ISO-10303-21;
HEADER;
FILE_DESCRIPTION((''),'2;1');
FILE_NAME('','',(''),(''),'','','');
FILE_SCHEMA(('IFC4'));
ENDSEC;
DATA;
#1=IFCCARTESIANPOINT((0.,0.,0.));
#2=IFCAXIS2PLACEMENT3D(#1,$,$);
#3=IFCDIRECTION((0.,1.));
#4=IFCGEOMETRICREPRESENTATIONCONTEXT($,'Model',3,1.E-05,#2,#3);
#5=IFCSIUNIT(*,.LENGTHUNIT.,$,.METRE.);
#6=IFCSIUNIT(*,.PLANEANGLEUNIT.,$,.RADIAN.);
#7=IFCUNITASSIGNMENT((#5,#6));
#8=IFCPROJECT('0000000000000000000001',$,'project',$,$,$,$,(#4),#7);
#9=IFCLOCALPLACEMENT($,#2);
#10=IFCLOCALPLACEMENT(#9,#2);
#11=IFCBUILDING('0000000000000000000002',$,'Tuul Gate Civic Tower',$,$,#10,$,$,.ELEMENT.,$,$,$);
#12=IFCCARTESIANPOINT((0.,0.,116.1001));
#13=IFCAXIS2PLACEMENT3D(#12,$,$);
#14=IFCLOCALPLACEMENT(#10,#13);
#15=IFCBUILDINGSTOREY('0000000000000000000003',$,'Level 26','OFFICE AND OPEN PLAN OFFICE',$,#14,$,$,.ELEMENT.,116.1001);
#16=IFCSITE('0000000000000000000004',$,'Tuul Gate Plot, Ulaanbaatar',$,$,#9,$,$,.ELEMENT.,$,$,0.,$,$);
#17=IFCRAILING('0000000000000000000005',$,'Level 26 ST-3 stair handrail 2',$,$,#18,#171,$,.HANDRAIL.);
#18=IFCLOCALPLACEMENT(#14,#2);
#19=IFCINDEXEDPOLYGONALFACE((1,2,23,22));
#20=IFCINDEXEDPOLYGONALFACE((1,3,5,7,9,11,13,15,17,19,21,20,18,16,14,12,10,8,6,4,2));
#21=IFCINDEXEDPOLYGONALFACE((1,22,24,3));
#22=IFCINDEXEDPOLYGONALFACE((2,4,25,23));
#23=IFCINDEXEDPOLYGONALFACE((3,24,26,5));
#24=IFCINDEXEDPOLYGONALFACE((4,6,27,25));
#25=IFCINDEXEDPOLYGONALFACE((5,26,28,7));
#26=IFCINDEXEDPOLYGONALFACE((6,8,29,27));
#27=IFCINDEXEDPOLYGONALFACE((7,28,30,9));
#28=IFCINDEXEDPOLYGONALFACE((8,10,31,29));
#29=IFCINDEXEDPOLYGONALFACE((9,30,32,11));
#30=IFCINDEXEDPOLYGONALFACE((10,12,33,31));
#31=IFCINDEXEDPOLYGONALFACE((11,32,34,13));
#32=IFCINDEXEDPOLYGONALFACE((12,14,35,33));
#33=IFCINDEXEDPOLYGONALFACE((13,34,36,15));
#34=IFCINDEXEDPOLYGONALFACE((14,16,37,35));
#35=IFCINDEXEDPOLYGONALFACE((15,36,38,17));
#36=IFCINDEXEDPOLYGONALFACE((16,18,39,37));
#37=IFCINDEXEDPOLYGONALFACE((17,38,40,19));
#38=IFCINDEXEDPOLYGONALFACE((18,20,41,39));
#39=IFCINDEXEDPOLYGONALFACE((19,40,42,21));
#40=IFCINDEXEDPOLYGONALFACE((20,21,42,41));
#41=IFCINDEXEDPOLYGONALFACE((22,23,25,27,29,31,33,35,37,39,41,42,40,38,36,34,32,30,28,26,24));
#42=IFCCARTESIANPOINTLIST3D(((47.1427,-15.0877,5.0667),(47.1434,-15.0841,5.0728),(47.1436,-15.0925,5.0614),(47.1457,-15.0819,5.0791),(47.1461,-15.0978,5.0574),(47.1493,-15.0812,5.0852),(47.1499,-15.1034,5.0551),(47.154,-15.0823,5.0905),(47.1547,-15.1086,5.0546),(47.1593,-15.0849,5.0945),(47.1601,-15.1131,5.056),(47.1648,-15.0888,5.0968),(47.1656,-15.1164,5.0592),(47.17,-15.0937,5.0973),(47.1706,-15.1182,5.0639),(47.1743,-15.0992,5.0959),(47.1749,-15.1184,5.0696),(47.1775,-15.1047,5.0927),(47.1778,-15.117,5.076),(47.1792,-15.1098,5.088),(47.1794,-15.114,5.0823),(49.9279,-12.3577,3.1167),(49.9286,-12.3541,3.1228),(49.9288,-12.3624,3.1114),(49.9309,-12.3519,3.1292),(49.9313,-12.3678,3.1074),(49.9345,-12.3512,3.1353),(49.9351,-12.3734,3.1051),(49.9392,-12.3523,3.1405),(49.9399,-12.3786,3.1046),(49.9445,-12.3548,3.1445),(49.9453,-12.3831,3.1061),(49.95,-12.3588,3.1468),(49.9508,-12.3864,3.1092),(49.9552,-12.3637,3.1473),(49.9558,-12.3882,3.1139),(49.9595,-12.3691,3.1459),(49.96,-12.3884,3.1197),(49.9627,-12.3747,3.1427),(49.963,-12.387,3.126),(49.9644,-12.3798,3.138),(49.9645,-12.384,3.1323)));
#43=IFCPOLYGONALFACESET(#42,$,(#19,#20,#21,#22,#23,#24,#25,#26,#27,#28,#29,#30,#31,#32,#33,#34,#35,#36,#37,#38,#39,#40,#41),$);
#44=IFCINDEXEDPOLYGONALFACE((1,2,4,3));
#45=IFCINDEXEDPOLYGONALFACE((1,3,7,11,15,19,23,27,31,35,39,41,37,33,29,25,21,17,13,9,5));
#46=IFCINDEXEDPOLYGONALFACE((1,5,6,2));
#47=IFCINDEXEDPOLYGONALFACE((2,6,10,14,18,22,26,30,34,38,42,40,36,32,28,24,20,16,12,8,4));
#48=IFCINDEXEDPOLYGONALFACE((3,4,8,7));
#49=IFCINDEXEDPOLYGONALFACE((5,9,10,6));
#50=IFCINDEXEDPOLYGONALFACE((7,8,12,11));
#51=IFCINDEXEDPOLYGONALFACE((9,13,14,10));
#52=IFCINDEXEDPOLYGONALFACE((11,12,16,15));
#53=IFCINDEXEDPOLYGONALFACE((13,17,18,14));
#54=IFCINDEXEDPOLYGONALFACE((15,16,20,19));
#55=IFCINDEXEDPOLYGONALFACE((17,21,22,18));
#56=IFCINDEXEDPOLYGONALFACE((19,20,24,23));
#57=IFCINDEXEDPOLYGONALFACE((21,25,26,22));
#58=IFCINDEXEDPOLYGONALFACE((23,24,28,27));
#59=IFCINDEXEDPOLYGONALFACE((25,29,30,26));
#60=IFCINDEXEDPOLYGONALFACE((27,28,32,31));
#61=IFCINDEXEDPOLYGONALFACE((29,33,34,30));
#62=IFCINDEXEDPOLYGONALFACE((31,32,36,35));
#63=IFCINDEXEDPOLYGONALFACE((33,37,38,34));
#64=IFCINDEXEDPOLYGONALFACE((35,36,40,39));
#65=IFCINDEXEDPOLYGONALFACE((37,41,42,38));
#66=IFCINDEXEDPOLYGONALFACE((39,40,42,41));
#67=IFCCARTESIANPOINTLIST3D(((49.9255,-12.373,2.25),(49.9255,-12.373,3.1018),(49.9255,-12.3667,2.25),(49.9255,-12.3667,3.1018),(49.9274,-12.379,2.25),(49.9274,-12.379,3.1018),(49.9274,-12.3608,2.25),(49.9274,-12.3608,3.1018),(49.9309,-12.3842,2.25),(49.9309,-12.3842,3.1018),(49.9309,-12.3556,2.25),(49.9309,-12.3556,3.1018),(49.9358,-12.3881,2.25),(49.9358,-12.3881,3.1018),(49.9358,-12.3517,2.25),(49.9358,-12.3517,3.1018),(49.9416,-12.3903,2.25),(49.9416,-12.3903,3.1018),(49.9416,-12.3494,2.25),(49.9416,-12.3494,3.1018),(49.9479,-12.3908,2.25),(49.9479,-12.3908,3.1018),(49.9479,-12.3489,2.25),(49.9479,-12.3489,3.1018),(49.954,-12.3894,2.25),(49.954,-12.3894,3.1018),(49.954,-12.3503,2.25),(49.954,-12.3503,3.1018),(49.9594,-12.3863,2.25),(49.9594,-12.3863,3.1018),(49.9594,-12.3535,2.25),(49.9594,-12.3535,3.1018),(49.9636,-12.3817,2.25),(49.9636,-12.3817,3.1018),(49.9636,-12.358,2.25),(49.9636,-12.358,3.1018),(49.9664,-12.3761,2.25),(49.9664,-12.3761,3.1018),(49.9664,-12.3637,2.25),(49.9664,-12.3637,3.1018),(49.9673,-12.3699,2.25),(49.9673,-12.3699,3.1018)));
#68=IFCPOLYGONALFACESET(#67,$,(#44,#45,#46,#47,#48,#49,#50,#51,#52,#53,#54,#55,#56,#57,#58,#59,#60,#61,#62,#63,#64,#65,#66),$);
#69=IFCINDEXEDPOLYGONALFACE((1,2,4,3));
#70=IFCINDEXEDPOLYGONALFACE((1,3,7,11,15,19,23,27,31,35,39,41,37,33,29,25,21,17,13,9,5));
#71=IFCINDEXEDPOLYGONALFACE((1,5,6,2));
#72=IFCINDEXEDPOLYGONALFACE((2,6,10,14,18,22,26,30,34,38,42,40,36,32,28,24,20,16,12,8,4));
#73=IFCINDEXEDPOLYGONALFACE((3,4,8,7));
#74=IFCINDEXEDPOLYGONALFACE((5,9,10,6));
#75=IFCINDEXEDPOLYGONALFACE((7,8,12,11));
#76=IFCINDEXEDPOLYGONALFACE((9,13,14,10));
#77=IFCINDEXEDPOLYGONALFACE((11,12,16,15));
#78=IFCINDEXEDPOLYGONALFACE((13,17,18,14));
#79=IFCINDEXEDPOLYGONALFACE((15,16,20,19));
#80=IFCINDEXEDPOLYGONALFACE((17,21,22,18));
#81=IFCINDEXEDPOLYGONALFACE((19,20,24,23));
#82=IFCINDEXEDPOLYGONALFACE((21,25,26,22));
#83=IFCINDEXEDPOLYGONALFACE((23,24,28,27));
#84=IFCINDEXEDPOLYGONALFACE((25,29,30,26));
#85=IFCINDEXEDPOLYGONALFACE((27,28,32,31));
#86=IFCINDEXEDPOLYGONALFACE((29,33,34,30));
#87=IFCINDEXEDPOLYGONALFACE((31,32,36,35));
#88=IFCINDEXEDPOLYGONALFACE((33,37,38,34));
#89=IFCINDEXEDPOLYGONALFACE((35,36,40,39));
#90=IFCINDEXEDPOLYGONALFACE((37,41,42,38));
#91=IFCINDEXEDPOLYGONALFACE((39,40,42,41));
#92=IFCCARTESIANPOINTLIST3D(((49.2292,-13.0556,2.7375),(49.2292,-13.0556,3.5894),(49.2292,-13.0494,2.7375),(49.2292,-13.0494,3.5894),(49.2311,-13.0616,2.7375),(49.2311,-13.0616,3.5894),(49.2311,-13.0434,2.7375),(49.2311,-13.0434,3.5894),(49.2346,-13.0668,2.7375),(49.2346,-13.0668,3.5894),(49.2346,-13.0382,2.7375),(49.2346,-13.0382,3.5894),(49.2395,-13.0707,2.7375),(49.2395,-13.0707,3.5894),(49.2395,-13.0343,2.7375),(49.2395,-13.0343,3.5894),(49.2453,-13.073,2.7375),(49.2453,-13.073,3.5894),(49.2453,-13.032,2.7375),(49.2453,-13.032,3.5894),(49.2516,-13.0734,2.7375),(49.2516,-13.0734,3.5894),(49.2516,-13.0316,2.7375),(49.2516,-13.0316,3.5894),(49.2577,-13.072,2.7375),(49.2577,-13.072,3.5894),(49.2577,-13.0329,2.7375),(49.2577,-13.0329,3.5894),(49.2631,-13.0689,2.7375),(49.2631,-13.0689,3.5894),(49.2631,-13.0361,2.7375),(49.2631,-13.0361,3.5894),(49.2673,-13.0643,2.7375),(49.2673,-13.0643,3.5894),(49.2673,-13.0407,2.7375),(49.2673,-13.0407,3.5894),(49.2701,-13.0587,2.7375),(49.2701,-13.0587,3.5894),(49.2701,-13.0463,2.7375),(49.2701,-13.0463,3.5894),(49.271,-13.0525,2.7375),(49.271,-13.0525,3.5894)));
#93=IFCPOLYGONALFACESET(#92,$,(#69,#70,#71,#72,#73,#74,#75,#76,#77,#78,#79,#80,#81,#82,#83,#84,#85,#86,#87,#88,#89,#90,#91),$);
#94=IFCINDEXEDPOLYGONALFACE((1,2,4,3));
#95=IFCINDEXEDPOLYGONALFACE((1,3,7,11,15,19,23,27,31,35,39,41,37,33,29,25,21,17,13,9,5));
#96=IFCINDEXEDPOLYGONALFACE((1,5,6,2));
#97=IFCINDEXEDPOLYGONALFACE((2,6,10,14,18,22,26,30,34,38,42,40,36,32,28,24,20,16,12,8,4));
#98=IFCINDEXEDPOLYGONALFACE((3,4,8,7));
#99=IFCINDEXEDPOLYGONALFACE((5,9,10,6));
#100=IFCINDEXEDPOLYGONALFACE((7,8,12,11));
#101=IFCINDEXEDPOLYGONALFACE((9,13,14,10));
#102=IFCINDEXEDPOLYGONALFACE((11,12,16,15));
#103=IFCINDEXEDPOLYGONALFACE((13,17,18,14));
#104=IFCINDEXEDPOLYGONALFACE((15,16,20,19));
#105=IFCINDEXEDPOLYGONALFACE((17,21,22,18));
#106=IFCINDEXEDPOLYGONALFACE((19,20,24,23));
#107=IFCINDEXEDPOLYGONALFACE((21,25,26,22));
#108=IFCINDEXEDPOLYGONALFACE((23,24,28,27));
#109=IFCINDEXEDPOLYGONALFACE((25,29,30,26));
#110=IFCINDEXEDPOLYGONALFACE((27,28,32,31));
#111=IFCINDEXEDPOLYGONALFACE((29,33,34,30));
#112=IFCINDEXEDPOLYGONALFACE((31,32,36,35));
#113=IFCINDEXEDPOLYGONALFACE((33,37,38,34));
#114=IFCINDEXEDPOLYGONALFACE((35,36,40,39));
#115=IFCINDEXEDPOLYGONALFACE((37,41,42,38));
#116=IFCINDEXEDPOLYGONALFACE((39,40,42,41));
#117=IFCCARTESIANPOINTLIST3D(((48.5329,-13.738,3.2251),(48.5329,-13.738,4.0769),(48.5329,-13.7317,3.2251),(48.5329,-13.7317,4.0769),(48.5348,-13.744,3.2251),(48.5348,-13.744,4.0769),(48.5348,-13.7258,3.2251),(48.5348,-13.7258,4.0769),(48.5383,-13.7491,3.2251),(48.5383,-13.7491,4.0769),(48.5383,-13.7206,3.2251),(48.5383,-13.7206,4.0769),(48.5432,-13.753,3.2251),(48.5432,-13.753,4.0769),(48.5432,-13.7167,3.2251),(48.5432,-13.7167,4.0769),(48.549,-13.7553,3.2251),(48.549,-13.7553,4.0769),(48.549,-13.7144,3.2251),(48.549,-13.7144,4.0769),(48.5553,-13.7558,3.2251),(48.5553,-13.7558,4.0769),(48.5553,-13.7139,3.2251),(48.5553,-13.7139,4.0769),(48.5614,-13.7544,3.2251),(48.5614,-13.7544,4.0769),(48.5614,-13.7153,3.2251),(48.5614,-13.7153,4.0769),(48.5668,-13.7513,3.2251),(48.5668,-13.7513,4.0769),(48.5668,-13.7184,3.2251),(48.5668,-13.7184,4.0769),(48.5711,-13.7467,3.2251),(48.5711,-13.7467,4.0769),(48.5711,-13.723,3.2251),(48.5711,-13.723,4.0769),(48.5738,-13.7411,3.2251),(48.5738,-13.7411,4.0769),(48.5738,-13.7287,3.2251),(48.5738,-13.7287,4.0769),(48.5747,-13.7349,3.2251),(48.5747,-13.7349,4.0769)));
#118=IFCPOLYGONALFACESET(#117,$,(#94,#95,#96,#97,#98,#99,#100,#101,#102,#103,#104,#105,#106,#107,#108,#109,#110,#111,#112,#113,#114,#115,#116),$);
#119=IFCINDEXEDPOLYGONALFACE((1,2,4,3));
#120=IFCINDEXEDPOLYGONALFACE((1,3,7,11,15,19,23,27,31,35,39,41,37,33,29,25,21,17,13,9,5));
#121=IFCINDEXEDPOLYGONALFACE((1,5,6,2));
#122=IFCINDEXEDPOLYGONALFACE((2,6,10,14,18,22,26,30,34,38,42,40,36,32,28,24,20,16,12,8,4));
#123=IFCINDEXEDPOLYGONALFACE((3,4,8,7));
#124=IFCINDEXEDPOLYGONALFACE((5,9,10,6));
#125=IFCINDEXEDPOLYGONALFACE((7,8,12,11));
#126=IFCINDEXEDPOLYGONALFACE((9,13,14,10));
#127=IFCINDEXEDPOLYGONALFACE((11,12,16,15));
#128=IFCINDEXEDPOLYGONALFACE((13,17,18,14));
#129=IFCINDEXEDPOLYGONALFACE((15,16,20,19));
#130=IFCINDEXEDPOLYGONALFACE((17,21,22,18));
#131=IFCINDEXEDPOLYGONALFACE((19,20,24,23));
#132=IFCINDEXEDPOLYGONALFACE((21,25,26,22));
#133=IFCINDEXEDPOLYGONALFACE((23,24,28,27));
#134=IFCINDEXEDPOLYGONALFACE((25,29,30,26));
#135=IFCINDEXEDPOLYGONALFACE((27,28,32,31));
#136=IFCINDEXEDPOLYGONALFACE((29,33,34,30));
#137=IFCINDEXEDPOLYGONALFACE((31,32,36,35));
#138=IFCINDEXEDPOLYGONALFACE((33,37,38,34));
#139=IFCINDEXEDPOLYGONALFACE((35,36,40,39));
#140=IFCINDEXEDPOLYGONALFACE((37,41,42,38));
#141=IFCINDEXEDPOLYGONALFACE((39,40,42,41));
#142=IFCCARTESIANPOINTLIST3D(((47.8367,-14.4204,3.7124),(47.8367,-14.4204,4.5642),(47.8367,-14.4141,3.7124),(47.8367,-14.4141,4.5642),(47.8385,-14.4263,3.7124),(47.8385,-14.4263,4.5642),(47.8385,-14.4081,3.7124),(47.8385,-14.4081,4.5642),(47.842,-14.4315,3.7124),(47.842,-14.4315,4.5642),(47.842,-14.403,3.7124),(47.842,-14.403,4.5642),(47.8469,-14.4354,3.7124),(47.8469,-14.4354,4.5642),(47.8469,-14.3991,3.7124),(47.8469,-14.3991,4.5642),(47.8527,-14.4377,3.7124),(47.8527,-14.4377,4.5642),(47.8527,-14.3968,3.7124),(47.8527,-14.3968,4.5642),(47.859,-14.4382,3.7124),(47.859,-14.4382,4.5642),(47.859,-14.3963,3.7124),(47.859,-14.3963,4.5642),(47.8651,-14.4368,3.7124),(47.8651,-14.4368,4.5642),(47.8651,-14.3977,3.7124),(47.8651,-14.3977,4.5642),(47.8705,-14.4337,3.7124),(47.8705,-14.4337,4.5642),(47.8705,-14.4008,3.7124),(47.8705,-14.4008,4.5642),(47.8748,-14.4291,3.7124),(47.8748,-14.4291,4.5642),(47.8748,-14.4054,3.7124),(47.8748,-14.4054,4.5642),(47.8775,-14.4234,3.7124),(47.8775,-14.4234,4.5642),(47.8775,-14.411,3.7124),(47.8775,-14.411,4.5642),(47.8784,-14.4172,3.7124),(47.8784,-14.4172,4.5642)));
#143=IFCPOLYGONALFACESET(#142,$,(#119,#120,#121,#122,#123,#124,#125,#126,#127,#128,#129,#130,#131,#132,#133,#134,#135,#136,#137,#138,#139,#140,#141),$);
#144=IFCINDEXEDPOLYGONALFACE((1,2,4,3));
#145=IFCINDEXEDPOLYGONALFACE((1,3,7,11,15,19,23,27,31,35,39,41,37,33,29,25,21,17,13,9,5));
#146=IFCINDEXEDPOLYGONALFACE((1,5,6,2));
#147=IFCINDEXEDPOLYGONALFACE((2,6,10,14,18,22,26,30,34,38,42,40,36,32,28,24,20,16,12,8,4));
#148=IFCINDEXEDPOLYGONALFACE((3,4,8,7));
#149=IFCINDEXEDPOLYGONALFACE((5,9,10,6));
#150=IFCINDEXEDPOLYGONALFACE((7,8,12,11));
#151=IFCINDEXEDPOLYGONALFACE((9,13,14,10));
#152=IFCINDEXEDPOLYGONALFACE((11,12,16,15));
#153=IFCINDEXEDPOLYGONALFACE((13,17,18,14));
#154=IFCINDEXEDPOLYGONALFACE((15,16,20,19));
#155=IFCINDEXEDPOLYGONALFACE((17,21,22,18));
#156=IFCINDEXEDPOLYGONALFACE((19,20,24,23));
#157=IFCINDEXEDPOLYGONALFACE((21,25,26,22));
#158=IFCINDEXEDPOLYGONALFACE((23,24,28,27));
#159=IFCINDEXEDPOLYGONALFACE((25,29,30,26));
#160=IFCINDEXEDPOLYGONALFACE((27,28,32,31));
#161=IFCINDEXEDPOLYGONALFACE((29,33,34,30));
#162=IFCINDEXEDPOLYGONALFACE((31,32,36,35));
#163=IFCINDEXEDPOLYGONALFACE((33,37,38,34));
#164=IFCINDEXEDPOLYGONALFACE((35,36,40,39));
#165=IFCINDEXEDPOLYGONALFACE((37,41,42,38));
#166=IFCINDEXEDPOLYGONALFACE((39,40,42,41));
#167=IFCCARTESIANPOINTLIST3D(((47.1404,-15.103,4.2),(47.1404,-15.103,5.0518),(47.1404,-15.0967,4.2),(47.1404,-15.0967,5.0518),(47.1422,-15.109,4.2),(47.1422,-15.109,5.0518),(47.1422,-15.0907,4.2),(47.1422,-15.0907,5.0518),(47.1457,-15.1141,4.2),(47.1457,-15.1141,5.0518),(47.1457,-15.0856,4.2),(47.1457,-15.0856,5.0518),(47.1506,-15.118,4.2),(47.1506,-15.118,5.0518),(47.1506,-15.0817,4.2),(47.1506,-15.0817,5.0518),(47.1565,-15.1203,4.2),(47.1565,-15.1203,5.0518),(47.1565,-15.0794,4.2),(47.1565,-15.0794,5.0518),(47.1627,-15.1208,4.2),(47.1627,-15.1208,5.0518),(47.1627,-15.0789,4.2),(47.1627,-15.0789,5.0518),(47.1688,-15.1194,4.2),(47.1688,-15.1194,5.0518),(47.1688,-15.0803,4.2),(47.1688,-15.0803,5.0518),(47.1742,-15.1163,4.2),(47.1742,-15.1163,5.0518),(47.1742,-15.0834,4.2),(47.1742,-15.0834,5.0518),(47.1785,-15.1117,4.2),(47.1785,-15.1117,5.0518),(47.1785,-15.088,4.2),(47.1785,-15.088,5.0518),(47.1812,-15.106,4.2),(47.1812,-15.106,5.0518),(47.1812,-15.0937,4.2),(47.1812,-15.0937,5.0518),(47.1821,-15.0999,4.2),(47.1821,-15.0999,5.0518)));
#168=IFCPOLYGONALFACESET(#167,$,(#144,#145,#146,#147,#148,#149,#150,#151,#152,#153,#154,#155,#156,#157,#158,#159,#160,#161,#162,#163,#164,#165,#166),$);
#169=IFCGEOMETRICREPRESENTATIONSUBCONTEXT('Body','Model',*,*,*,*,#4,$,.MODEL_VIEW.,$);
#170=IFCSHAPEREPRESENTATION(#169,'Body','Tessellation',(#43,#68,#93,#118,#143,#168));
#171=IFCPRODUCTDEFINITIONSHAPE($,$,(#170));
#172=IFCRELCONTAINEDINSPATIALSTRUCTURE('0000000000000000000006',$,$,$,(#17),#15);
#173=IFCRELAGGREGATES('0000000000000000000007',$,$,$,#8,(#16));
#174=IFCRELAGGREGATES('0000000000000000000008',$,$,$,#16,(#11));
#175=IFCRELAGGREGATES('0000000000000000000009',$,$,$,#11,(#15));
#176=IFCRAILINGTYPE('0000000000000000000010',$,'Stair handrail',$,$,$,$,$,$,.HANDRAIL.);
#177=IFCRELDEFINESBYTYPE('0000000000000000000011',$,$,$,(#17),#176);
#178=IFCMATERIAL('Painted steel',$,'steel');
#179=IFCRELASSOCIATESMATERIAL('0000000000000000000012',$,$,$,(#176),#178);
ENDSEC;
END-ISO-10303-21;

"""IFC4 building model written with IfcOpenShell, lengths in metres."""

from ifc_helpers import new_model, si_unit, direction, frame, origin, origin_2d, place, context, subcontext, project, spatial, circle, extrude, material, type_object, element, save


model = new_model("IFC4")

# Units and contexts
model_context = context("Model", 3, precision=1e-05, world=origin(), true_north=direction((0.0, 1.0)))
body_context = subcontext(model_context, "Body", "Model", "MODEL_VIEW")
ifc_project = project(units=[si_unit("LENGTHUNIT", "METRE"), si_unit("PLANEANGLEUNIT", "RADIAN")], contexts=[model_context])

# Site, building, storey
site_placement = place(None, origin())
site = spatial("IfcSite", under=ifc_project, at=site_placement, Name="Tuul Gate Plot, Ulaanbaatar", CompositionType="ELEMENT", RefElevation=0.0)
building_placement = place(site_placement, origin())
building = spatial("IfcBuilding", under=site, at=building_placement, Name="Tuul Gate Civic Tower", CompositionType="ELEMENT")
storey_placement = place(building_placement, frame((0.0, 0.0, 116.1001)))
storey = spatial("IfcBuildingStorey", under=building, at=storey_placement, Name="Level 26", Description="OFFICE AND OPEN PLAN OFFICE", CompositionType="ELEMENT", Elevation=116.1001)

# Railing
ifc_material_1 = material(Name="Painted steel", Category="steel")
railing_type_1 = type_object("IfcRailingType", Name="Stair handrail", PredefinedType="HANDRAIL", material=ifc_material_1)
railing_1_placement = place(storey_placement, frame((49.9463, -12.3699, 2.25)))
element("IfcRailing", 1, at=railing_1_placement, inside=storey, type_object=railing_type_1, Name="Level 26 ST-3 stair handrail 2", PredefinedType="HANDRAIL", context=body_context, shape_type="SweptSolid", body=[
    extrude(circle(Radius=0.0239, at=origin_2d()), frame((0.0, 0.0, 0.876), z_axis=(-0.638754, -0.6261, 0.447206), x_axis=(0.699998, -0.714145, 0.0)), (0.0, 0.0, 1.0), 4.3604),
    extrude(circle(Radius=0.021, at=origin_2d()), origin(), (0.0, 0.0, 1.0), 0.8518),
    extrude(circle(Radius=0.021, at=origin_2d()), frame((-0.6963, -0.6826, 0.4875)), (0.0, 0.0, 1.0), 0.8518),
    extrude(circle(Radius=0.021, at=origin_2d()), frame((-1.3926, -1.365, 0.9751)), (0.0, 0.0, 1.0), 0.8518),
    extrude(circle(Radius=0.021, at=origin_2d()), frame((-2.0889, -2.0474, 1.4624)), (0.0, 0.0, 1.0), 0.8518),
    extrude(circle(Radius=0.021, at=origin_2d()), frame((-2.7852, -2.73, 1.95)), (0.0, 0.0, 1.0), 0.8518),
])

save(model, "model.ifc")
